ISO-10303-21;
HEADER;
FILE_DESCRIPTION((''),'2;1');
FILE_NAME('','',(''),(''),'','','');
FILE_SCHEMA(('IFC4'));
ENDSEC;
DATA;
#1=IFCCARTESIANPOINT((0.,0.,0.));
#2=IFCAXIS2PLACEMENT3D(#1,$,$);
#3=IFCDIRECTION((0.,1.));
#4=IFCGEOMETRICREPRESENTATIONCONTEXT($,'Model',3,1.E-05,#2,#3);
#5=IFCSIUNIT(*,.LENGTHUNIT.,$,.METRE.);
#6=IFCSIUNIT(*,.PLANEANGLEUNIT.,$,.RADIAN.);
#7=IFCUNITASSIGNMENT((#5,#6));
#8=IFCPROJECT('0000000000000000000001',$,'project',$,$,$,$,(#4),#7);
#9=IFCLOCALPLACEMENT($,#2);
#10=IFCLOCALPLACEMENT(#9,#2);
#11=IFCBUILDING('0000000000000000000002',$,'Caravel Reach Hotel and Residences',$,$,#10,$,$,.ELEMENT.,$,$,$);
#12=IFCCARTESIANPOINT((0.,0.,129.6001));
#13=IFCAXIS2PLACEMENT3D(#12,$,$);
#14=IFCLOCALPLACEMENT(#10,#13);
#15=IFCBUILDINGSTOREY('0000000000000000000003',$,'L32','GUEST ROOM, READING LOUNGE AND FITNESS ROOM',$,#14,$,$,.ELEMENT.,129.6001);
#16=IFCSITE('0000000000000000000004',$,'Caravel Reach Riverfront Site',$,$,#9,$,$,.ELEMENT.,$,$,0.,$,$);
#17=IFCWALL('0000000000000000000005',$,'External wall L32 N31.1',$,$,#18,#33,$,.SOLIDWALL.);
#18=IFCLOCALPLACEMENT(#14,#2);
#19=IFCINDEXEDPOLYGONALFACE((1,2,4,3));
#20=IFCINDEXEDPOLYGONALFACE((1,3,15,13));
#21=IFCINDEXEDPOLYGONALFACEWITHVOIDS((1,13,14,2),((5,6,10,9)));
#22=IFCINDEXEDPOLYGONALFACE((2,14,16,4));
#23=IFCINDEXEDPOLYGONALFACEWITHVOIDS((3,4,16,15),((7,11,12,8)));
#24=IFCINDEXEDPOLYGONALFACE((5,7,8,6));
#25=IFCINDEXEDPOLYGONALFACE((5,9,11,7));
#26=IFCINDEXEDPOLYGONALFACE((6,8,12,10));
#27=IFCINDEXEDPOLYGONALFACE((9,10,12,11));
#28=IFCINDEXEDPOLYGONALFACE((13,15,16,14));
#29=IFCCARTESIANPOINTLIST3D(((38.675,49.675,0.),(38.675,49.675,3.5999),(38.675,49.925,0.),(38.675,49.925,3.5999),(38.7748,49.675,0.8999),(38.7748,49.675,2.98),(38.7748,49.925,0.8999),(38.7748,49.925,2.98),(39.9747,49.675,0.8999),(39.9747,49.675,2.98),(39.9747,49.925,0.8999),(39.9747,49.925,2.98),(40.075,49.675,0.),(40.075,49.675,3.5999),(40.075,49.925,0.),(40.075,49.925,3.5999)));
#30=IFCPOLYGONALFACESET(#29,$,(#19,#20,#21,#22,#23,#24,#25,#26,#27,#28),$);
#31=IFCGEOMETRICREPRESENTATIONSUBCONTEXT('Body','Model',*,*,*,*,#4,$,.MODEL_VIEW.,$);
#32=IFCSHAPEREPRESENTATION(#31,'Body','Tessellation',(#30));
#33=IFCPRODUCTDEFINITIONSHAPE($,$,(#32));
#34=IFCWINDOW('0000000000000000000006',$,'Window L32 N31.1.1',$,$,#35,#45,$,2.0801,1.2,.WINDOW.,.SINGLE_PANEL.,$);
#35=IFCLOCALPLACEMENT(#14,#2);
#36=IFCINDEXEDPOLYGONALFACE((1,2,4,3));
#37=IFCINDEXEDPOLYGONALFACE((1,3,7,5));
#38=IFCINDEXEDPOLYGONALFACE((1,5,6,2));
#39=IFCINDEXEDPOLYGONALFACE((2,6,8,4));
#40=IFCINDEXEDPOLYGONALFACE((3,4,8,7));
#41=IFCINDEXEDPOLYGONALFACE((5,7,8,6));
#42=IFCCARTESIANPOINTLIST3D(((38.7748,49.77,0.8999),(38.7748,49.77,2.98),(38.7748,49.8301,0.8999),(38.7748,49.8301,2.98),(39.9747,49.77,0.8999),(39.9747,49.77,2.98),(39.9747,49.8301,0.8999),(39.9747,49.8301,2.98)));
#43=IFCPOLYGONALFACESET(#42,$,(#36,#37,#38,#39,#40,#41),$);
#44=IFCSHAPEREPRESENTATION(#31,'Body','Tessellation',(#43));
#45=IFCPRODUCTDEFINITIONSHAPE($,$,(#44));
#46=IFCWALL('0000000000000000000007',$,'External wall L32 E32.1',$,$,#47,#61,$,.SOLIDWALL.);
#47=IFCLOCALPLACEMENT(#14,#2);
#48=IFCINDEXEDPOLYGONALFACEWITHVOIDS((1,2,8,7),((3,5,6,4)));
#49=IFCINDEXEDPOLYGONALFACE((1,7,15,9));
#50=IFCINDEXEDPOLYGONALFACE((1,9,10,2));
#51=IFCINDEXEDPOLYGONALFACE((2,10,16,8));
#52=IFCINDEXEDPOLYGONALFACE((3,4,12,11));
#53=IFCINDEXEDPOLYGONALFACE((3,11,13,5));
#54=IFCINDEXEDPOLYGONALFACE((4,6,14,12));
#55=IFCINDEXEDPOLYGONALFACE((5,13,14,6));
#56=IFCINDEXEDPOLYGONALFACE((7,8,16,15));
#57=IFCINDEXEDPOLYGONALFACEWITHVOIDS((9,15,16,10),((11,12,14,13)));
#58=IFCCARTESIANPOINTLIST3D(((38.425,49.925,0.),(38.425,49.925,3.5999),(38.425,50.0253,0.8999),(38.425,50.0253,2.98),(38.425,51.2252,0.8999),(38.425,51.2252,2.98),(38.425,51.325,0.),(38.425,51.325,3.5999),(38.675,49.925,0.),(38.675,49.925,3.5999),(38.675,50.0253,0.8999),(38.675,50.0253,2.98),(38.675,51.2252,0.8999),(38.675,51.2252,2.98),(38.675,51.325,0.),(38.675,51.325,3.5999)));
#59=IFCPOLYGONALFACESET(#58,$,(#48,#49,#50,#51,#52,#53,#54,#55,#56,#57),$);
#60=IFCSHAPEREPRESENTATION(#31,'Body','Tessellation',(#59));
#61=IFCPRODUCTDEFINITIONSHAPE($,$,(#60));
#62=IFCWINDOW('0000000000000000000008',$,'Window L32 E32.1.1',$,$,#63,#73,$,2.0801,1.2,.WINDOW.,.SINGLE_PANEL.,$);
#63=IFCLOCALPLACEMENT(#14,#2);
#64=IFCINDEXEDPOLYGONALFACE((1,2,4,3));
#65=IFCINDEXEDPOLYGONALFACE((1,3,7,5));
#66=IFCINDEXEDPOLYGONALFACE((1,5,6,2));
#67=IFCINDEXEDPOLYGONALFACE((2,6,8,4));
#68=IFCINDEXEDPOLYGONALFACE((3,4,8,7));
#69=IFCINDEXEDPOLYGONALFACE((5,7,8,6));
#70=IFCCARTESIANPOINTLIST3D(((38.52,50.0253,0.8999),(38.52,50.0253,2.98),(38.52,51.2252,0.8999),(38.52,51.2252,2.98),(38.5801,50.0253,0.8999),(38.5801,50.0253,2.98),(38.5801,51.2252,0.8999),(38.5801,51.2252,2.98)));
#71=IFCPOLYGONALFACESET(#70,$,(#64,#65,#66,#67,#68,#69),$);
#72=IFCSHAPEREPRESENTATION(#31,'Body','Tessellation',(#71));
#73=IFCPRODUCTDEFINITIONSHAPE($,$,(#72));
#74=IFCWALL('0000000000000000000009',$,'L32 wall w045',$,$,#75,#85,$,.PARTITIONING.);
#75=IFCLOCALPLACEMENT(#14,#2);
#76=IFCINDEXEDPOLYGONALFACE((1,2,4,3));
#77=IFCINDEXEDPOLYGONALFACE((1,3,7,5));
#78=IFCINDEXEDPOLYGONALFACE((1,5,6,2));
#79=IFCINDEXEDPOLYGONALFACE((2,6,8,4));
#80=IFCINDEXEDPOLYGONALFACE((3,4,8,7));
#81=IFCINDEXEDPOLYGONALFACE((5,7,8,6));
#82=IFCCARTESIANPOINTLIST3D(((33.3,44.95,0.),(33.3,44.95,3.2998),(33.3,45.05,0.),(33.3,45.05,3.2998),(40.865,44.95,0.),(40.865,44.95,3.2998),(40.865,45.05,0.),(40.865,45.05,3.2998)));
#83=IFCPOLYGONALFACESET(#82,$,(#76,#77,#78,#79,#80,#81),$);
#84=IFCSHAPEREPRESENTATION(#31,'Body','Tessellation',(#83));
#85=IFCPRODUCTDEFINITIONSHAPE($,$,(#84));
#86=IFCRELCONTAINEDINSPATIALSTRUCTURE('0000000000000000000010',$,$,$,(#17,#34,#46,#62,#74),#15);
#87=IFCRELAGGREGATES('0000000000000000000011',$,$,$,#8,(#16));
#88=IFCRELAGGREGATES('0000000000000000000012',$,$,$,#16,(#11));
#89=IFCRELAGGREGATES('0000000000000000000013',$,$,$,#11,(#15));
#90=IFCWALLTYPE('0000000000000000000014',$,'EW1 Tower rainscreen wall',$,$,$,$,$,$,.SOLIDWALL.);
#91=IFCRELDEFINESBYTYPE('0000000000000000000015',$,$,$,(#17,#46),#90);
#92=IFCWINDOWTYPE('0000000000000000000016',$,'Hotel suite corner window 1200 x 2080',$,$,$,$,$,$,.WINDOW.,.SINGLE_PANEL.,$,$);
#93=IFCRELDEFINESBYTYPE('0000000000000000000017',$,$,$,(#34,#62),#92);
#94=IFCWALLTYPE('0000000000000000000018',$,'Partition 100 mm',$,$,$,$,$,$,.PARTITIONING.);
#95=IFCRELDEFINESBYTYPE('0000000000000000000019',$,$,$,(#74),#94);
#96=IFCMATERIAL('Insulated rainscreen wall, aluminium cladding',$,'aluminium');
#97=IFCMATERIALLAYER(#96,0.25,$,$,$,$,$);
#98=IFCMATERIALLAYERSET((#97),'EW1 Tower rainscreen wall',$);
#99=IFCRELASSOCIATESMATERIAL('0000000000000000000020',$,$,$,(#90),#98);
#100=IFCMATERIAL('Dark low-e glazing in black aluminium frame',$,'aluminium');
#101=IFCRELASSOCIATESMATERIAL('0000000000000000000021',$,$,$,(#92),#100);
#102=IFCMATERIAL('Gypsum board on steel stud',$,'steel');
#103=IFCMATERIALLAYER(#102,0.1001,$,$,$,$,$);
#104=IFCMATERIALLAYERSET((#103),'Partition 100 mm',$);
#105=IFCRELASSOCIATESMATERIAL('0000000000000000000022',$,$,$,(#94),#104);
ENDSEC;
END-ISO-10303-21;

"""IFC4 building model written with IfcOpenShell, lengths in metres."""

from ifc_helpers import new_model, si_unit, direction, frame, frame_2d, origin, place, context, subcontext, project, spatial, rectangle, extrude, material, layer, layer_set, type_object, element, fill, save


model = new_model("IFC4")

# Units and contexts
model_context = context("Model", 3, precision=1e-05, world=origin(), true_north=direction((0.0, 1.0)))
body_context = subcontext(model_context, "Body", "Model", "MODEL_VIEW")
ifc_project = project(units=[si_unit("LENGTHUNIT", "METRE"), si_unit("PLANEANGLEUNIT", "RADIAN")], contexts=[model_context])

# Site, building, storey
site_placement = place(None, origin())
site = spatial("IfcSite", under=ifc_project, at=site_placement, Name="Caravel Reach Riverfront Site", CompositionType="ELEMENT", RefElevation=0.0)
building_placement = place(site_placement, origin())
building = spatial("IfcBuilding", under=site, at=building_placement, Name="Caravel Reach Hotel and Residences", CompositionType="ELEMENT")
storey_placement = place(building_placement, frame((0.0, 0.0, 129.6001)))
storey = spatial("IfcBuildingStorey", under=building, at=storey_placement, Name="L32", Description="GUEST ROOM, READING LOUNGE AND FITNESS ROOM", CompositionType="ELEMENT", Elevation=129.6001)

# Walls, openings, windows
ifc_material_1 = material(Name="Insulated rainscreen wall, aluminium cladding", Category="aluminium")
ifc_layer_1 = layer(ifc_material_1, 0.25)
ifc_layer_set_1 = layer_set([ifc_layer_1], Name="EW1 Tower rainscreen wall")
wall_type_1 = type_object("IfcWallType", Name="EW1 Tower rainscreen wall", PredefinedType="SOLIDWALL", material=ifc_layer_set_1)
wall_1_placement = place(storey_placement, frame((40.075, 49.8, 0.0), z_axis=(0.0, 0.0, 1.0), x_axis=(-1.0, 0.0, 0.0)))
wall_1 = element("IfcWall", 1, at=wall_1_placement, inside=storey, type_object=wall_type_1, Name="External wall L32 N31.1", PredefinedType="SOLIDWALL", context=body_context, shape_type="SweptSolid", body=[
    extrude(rectangle(XDim=1.3999, YDim=0.25, at=frame_2d((0.7, 0.0))), origin(), (0.0, 0.0, 1.0), 3.5999),
])
opening_1_placement = place(wall_1_placement, frame((0.1001, 0.0, 0.8999)))
opening_1 = element("IfcOpeningElement", 2, at=opening_1_placement, cuts=wall_1, PredefinedType="OPENING", context=body_context, shape_type="SweptSolid", body=[
    extrude(rectangle(XDim=1.2, YDim=2.0801, at=frame_2d((0.6001, 1.04))), frame((0.0, 0.135, 0.0), z_axis=(0.0, -1.0, 0.0), x_axis=(1.0, 0.0, 0.0)), (0.0, 0.0, 1.0), 0.27),
])
ifc_material_2 = material(Name="Dark low-e glazing in black aluminium frame", Category="aluminium")
window_type = type_object("IfcWindowType", Name="Hotel suite corner window 1200 x 2080", PartitioningType="SINGLE_PANEL", PredefinedType="WINDOW", material=ifc_material_2)
window_1_placement = place(opening_1_placement, origin())
window_1 = element("IfcWindow", 3, at=window_1_placement, inside=storey, type_object=window_type, Name="Window L32 N31.1.1", OverallHeight=2.0801, OverallWidth=1.2, PartitioningType="SINGLE_PANEL", PredefinedType="WINDOW", context=body_context, shape_type="SweptSolid", body=[
    extrude(rectangle(XDim=1.2, YDim=2.0801, at=frame_2d((0.6001, 1.04))), frame((0.0, 0.03, 0.0), z_axis=(0.0, -1.0, 0.0), x_axis=(1.0, 0.0, 0.0)), (0.0, 0.0, 1.0), 0.0601),
])
fill(opening_1, window_1)
wall_2_placement = place(storey_placement, frame((38.55, 49.925, 0.0), z_axis=(0.0, 0.0, 1.0), x_axis=(0.0, 1.0, 0.0)))
wall_2 = element("IfcWall", 4, at=wall_2_placement, inside=storey, type_object=wall_type_1, Name="External wall L32 E32.1", PredefinedType="SOLIDWALL", context=body_context, shape_type="SweptSolid", body=[
    extrude(rectangle(XDim=1.3999, YDim=0.25, at=frame_2d((0.7, 0.0))), origin(), (0.0, 0.0, 1.0), 3.5999),
])
opening_2_placement = place(wall_2_placement, frame((0.1001, 0.0, 0.8999)))
opening_2 = element("IfcOpeningElement", 5, at=opening_2_placement, cuts=wall_2, PredefinedType="OPENING", context=body_context, shape_type="SweptSolid", body=[
    extrude(rectangle(XDim=1.2, YDim=2.0801, at=frame_2d((0.6001, 1.04))), frame((0.0, 0.135, 0.0), z_axis=(0.0, -1.0, 0.0), x_axis=(1.0, 0.0, 0.0)), (0.0, 0.0, 1.0), 0.27),
])
window_2_placement = place(opening_2_placement, origin())
window_2 = element("IfcWindow", 6, at=window_2_placement, inside=storey, type_object=window_type, Name="Window L32 E32.1.1", OverallHeight=2.0801, OverallWidth=1.2, PartitioningType="SINGLE_PANEL", PredefinedType="WINDOW", context=body_context, shape_type="SweptSolid", body=[
    extrude(rectangle(XDim=1.2, YDim=2.0801, at=frame_2d((0.6001, 1.04))), frame((0.0, 0.03, 0.0), z_axis=(0.0, -1.0, 0.0), x_axis=(1.0, 0.0, 0.0)), (0.0, 0.0, 1.0), 0.0601),
])
fill(opening_2, window_2)

# Wall
ifc_material_3 = material(Name="Gypsum board on steel stud", Category="steel")
ifc_layer_2 = layer(ifc_material_3, 0.1001)
ifc_layer_set_2 = layer_set([ifc_layer_2], Name="Partition 100 mm")
wall_type_2 = type_object("IfcWallType", Name="Partition 100 mm", PredefinedType="PARTITIONING", material=ifc_layer_set_2)
wall_3_placement = place(storey_placement, frame((33.3, 45.0, 0.0), z_axis=(0.0, 0.0, 1.0), x_axis=(1.0, 0.0, 0.0)))
element("IfcWall", 7, at=wall_3_placement, inside=storey, type_object=wall_type_2, Name="L32 wall w045", PredefinedType="PARTITIONING", context=body_context, shape_type="SweptSolid", body=[
    extrude(rectangle(XDim=7.5649, YDim=0.1001, at=frame_2d((3.7825, 0.0))), origin(), (0.0, 0.0, 1.0), 3.2998),
])

save(model, "model.ifc")
